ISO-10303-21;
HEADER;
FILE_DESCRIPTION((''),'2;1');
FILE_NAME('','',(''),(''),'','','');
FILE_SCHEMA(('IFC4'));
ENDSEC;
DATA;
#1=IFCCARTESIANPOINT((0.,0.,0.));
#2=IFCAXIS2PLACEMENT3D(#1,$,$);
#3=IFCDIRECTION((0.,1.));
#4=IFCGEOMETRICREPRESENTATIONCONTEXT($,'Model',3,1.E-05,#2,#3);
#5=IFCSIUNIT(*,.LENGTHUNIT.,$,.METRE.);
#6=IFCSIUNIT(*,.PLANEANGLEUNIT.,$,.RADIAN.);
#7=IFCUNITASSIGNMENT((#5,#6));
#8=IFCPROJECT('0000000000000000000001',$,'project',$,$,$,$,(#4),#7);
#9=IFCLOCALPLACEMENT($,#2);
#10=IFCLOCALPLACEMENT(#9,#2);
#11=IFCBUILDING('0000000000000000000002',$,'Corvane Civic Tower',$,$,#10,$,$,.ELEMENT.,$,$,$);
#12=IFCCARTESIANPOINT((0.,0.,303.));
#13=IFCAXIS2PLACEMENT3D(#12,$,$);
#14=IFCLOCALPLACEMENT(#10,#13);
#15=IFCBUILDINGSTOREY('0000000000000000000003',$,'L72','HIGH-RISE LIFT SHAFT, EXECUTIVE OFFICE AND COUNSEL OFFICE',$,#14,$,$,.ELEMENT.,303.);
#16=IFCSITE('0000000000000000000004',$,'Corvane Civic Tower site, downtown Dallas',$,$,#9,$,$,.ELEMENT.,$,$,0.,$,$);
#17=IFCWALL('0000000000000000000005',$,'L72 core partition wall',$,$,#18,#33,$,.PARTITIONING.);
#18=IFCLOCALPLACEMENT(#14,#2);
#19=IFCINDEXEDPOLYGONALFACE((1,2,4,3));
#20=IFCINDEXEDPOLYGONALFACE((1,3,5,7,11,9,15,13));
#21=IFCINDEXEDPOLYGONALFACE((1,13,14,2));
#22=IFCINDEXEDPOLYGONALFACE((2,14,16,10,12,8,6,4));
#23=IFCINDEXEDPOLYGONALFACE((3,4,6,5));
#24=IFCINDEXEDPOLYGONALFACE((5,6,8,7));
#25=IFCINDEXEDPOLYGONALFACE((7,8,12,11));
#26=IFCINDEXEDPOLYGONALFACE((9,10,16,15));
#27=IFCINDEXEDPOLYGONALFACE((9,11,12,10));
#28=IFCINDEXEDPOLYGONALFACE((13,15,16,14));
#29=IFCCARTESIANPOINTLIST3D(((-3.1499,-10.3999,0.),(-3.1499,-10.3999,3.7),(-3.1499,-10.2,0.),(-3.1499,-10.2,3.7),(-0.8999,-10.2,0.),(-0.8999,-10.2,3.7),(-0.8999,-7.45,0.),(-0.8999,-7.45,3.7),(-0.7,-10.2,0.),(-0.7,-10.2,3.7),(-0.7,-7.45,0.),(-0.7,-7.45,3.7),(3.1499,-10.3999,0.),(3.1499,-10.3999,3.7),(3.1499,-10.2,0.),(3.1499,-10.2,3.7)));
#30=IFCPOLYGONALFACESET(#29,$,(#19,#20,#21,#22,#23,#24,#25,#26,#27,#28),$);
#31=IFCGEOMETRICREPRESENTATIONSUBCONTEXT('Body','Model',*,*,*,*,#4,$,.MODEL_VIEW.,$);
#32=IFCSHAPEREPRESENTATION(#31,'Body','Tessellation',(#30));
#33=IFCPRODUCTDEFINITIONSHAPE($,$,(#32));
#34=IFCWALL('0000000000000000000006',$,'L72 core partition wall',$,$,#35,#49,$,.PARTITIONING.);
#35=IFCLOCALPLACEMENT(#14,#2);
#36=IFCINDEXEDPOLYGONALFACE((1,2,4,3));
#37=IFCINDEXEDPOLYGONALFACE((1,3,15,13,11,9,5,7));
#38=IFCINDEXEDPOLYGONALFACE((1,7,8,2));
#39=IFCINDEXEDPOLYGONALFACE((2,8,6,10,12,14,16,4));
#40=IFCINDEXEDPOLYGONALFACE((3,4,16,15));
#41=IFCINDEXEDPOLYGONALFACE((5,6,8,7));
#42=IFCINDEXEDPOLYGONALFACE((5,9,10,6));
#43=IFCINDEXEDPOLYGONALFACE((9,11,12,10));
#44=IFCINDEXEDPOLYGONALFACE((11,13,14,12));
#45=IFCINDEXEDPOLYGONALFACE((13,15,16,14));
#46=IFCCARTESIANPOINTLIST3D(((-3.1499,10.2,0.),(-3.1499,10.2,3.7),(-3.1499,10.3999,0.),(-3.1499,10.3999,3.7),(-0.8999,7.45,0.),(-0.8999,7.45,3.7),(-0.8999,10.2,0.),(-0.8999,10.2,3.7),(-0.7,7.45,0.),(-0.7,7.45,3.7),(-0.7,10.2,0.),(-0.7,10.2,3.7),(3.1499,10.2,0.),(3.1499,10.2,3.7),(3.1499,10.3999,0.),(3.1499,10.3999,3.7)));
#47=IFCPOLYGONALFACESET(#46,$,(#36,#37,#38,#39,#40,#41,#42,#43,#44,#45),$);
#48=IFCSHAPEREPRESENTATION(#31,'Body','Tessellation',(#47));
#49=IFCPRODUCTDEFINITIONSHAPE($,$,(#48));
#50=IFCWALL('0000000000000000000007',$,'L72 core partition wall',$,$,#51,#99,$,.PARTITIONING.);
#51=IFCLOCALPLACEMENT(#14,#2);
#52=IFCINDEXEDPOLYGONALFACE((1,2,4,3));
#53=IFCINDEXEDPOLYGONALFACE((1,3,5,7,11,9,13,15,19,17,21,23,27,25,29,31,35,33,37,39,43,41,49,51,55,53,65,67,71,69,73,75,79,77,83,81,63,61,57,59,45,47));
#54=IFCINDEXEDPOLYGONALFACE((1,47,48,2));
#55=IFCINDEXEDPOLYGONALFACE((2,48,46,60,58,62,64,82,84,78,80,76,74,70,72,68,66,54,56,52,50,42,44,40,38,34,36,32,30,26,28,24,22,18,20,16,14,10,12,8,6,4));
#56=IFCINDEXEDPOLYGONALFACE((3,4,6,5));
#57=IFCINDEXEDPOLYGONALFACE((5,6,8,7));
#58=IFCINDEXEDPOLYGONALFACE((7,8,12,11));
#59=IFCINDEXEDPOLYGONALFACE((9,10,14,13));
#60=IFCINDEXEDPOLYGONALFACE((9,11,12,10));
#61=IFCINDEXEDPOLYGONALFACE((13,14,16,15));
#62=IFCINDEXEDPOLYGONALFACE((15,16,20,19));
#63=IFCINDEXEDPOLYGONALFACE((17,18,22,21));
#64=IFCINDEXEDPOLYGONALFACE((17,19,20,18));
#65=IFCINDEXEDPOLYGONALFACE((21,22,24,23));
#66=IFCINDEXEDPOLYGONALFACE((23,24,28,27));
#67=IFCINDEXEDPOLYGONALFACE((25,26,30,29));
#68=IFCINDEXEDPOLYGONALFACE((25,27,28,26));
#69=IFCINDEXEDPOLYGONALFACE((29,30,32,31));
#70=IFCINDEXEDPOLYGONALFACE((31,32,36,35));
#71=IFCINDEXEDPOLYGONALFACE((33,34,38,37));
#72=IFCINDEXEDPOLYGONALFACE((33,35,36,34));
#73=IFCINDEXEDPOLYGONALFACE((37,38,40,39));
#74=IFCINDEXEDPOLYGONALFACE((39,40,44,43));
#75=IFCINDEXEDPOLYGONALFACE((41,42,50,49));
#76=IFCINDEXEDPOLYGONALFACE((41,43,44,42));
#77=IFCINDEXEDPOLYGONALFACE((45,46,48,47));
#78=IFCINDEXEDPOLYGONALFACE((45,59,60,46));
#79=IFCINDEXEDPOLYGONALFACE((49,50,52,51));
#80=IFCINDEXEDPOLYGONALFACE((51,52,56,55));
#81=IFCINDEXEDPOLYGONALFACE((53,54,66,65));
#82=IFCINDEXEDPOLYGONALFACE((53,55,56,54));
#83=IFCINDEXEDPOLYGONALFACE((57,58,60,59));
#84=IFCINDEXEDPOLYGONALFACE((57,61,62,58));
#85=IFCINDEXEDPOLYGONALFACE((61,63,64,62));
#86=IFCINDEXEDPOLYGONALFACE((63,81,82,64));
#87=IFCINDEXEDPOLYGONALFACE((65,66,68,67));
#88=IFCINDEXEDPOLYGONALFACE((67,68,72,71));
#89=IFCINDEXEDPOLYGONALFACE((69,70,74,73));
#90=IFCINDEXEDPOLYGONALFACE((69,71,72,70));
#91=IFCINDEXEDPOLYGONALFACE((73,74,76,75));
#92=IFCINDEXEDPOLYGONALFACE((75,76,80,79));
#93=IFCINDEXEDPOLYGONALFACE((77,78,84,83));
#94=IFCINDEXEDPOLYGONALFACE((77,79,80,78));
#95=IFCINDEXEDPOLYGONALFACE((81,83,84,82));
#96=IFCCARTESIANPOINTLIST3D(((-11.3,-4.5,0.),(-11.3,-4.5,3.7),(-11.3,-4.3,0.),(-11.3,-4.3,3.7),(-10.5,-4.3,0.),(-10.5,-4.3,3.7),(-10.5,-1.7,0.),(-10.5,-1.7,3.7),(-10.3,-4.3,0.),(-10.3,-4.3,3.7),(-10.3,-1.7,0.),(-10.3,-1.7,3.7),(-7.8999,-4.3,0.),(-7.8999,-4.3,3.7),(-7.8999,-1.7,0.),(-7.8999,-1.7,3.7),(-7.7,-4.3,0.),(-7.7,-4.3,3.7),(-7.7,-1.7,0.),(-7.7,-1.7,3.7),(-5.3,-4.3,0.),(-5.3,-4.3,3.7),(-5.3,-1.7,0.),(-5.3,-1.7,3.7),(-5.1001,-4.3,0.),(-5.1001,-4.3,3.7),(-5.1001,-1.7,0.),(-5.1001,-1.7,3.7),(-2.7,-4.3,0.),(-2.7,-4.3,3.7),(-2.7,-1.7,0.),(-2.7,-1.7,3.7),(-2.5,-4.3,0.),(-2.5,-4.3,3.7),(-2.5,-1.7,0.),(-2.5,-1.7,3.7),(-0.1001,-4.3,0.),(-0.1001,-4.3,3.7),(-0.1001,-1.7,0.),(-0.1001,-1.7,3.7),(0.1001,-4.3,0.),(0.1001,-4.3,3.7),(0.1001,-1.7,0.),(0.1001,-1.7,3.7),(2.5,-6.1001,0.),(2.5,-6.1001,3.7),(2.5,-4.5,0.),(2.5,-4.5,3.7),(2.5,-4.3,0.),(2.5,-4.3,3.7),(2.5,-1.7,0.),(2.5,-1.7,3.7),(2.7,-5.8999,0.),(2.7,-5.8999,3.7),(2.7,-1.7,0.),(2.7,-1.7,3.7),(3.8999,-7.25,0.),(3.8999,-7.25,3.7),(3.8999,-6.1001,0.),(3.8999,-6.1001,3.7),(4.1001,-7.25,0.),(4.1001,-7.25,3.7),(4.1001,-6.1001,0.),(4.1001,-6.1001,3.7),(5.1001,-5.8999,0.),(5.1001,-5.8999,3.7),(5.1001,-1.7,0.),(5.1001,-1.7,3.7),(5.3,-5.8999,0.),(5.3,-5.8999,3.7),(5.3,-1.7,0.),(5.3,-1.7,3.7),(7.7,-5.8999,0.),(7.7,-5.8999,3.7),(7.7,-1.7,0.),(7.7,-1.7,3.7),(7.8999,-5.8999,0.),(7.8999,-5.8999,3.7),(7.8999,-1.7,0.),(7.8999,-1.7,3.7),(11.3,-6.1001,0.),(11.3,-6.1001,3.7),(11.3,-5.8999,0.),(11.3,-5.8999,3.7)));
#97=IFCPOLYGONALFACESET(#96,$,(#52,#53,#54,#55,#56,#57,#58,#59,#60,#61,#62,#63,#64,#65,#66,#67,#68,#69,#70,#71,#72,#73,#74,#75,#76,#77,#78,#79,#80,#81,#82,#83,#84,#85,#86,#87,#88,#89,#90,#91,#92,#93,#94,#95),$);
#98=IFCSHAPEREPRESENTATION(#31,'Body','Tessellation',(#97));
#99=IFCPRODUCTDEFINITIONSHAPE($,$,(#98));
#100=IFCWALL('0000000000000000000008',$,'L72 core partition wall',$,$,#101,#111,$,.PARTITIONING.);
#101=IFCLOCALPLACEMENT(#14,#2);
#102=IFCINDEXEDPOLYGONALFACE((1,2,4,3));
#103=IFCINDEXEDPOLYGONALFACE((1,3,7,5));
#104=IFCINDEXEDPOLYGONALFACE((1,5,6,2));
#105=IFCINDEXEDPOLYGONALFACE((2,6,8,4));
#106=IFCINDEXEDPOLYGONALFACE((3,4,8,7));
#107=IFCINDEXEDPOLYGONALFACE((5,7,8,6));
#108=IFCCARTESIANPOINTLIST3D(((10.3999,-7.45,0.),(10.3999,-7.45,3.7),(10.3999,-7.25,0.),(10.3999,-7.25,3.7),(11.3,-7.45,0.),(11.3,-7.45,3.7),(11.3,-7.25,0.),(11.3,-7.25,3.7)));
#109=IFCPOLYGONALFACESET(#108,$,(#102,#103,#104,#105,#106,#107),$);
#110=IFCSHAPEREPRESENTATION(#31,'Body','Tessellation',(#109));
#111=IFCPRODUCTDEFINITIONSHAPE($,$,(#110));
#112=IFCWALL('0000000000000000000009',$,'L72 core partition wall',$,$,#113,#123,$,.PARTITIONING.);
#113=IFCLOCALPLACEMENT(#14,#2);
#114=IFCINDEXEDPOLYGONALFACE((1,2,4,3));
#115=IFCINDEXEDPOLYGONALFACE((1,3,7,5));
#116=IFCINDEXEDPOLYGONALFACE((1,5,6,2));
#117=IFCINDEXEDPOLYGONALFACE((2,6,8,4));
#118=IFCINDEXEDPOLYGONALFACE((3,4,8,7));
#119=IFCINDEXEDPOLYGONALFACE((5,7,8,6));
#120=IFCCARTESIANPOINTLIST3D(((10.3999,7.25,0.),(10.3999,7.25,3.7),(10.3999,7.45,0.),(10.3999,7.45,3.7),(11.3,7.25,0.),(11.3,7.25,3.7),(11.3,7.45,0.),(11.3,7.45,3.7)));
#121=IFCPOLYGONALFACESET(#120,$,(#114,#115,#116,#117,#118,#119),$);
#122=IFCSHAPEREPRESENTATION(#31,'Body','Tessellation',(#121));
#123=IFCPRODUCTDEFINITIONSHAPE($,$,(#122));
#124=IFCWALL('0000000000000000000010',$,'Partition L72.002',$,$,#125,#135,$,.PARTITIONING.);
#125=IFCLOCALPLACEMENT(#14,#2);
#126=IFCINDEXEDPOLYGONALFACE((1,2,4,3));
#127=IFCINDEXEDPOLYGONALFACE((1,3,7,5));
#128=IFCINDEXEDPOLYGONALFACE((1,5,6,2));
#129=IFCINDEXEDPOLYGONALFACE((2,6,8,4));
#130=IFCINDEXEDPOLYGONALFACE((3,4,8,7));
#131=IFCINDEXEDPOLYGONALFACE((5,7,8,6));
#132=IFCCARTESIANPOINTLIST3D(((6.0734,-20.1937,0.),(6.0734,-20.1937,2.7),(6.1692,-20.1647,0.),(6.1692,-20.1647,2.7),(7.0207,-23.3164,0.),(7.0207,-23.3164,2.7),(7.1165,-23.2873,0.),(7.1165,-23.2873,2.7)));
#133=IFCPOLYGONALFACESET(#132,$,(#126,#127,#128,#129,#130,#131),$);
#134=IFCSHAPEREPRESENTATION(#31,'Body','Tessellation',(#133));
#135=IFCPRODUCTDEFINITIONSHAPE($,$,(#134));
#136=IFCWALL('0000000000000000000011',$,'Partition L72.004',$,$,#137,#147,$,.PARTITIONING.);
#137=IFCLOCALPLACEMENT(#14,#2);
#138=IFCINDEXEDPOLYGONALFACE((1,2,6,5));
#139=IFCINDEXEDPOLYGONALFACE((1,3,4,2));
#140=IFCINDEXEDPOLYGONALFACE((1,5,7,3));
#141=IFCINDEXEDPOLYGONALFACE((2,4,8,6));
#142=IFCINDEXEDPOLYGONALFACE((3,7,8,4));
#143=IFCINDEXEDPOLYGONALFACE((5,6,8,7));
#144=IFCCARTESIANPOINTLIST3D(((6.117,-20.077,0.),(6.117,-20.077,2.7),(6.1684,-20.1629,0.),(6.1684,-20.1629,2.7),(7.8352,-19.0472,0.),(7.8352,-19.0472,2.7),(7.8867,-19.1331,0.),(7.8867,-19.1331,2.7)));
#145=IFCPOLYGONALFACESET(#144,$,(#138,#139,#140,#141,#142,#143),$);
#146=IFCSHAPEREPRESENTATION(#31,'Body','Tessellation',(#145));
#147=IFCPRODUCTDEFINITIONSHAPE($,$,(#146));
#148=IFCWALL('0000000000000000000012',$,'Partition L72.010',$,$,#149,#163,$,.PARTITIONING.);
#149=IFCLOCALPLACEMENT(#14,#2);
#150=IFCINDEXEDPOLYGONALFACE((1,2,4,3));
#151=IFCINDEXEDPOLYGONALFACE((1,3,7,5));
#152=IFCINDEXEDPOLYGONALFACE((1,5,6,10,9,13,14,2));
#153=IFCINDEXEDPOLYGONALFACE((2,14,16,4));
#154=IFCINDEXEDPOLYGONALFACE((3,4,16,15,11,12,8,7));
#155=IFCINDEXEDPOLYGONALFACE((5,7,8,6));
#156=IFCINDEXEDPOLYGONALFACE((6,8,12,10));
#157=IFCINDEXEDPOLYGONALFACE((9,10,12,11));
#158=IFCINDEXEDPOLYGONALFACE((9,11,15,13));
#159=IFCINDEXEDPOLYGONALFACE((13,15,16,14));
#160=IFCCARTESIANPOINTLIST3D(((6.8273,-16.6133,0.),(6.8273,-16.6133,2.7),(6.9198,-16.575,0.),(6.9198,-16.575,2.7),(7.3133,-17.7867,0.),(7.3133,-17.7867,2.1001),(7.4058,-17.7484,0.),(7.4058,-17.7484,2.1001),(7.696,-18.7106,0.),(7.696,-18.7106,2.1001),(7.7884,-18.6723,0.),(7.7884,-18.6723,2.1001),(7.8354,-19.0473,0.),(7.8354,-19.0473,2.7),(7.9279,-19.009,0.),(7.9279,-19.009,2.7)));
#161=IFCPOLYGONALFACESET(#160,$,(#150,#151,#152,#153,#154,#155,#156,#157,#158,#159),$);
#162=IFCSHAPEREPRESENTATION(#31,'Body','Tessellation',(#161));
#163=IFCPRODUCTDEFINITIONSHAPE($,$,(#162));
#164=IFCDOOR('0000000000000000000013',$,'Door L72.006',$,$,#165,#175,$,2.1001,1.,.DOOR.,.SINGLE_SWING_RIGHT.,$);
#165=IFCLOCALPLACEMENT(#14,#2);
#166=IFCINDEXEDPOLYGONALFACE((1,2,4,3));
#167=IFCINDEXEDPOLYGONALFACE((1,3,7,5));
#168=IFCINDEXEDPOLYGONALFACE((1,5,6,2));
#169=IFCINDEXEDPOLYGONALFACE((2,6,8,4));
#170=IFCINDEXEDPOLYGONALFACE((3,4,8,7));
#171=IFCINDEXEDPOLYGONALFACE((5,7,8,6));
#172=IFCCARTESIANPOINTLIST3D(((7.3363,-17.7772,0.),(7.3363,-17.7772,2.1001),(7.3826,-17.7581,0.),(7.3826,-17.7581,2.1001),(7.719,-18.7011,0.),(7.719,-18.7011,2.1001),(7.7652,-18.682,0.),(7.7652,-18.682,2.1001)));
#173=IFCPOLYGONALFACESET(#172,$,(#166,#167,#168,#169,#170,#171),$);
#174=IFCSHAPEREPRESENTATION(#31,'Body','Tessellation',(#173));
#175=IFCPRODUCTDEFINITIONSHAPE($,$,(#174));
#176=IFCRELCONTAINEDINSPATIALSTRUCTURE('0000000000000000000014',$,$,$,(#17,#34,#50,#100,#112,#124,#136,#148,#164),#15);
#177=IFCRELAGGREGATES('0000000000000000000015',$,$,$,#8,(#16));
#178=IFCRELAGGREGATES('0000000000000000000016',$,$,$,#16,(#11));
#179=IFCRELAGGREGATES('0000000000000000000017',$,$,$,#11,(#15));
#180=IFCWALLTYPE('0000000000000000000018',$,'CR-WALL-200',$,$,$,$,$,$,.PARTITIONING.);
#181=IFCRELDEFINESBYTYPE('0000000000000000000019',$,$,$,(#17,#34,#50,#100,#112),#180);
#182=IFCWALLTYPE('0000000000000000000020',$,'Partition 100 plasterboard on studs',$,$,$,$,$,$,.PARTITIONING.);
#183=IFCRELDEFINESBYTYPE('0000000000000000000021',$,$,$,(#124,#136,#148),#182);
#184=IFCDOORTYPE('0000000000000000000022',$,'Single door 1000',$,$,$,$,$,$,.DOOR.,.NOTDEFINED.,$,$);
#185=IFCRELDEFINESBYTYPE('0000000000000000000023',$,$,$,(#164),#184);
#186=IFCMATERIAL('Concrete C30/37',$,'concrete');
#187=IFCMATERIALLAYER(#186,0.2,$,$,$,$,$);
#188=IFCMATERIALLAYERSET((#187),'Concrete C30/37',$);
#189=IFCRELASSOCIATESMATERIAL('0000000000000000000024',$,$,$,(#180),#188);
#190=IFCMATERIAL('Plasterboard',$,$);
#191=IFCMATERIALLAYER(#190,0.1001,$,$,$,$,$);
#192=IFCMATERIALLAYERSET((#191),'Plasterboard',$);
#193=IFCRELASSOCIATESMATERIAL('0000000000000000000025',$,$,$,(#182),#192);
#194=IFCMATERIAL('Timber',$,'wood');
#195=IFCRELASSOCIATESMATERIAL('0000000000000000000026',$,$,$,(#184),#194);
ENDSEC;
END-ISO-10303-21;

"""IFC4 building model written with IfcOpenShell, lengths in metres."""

from ifc_helpers import new_model, si_unit, direction, frame, frame_2d, origin, place, context, subcontext, project, spatial, polyline, rectangle, outline, extrude, material, layer, layer_set, type_object, element, fill, save


model = new_model("IFC4")

# Units and contexts
model_context = context("Model", 3, precision=1e-05, world=origin(), true_north=direction((0.0, 1.0)))
body_context = subcontext(model_context, "Body", "Model", "MODEL_VIEW")
ifc_project = project(units=[si_unit("LENGTHUNIT", "METRE"), si_unit("PLANEANGLEUNIT", "RADIAN")], contexts=[model_context])

# Site, building, storey
site_placement = place(None, origin())
site = spatial("IfcSite", under=ifc_project, at=site_placement, Name="Corvane Civic Tower site, downtown Dallas", CompositionType="ELEMENT", RefElevation=0.0)
building_placement = place(site_placement, origin())
building = spatial("IfcBuilding", under=site, at=building_placement, Name="Corvane Civic Tower", CompositionType="ELEMENT")
storey_placement = place(building_placement, frame((0.0, 0.0, 303.0)))
storey = spatial("IfcBuildingStorey", under=building, at=storey_placement, Name="L72", Description="HIGH-RISE LIFT SHAFT, EXECUTIVE OFFICE AND COUNSEL OFFICE", CompositionType="ELEMENT", Elevation=303.0)

# Shared definitions
ifc_material_1 = material(Name="Concrete C30/37", Category="concrete")
ifc_layer_1 = layer(ifc_material_1, 0.2)
ifc_layer_set_1 = layer_set([ifc_layer_1], Name="Concrete C30/37")
wall_type_1 = type_object("IfcWallType", Name="CR-WALL-200", PredefinedType="PARTITIONING", material=ifc_layer_set_1)

# Walls
wall_1_placement = place(storey_placement, origin())
element("IfcWall", 1, at=wall_1_placement, inside=storey, type_object=wall_type_1, Name="L72 core partition wall", PredefinedType="PARTITIONING", context=body_context, shape_type="SweptSolid", body=[
    extrude(outline(polyline([(-0.7, -7.45), (-0.7, -10.2), (3.1499, -10.2), (3.1499, -10.3999), (-3.1499, -10.3999), (-3.1499, -10.2), (-0.8999, -10.2), (-0.8999, -7.45), (-0.7, -7.45)])), origin(), (0.0, 0.0, 1.0), 3.7),
])
wall_2_placement = place(storey_placement, origin())
element("IfcWall", 2, at=wall_2_placement, inside=storey, type_object=wall_type_1, Name="L72 core partition wall", PredefinedType="PARTITIONING", context=body_context, shape_type="SweptSolid", body=[
    extrude(outline(polyline([(3.1499, 10.3999), (3.1499, 10.2), (-0.7, 10.2), (-0.7, 7.45), (-0.8999, 7.45), (-0.8999, 10.2), (-3.1499, 10.2), (-3.1499, 10.3999), (3.1499, 10.3999)])), origin(), (0.0, 0.0, 1.0), 3.7),
])
wall_3_placement = place(storey_placement, origin())
element("IfcWall", 3, at=wall_3_placement, inside=storey, type_object=wall_type_1, Name="L72 core partition wall", PredefinedType="PARTITIONING", context=body_context, shape_type="SweptSolid", body=[
    extrude(outline(polyline([(-10.5, -1.7), (-10.3, -1.7), (-10.3, -4.3), (-7.8999, -4.3), (-7.8999, -1.7), (-7.7, -1.7), (-7.7, -4.3), (-5.3, -4.3), (-5.3, -1.7), (-5.1001, -1.7), (-5.1001, -4.3), (-2.7, -4.3), (-2.7, -1.7), (-2.5, -1.7), (-2.5, -4.3), (-0.1001, -4.3), (-0.1001, -1.7), (0.1001, -1.7), (0.1001, -4.3), (2.5, -4.3), (2.5, -1.7), (2.7, -1.7), (2.7, -5.8999), (5.1001, -5.8999), (5.1001, -1.7), (5.3, -1.7), (5.3, -5.8999), (7.7, -5.8999), (7.7, -1.7), (7.8999, -1.7), (7.8999, -5.8999), (11.3, -5.8999), (11.3, -6.1001), (4.1001, -6.1001), (4.1001, -7.25), (3.8999, -7.25), (3.8999, -6.1001), (2.5, -6.1001), (2.5, -4.5), (-11.3, -4.5), (-11.3, -4.3), (-10.5, -4.3), (-10.5, -1.7)])), origin(), (0.0, 0.0, 1.0), 3.7),
])
wall_4_placement = place(storey_placement, origin())
element("IfcWall", 4, at=wall_4_placement, inside=storey, type_object=wall_type_1, Name="L72 core partition wall", PredefinedType="PARTITIONING", context=body_context, shape_type="SweptSolid", body=[
    extrude(outline(polyline([(11.3, -7.45), (10.3999, -7.45), (10.3999, -7.25), (11.3, -7.25), (11.3, -7.45)])), origin(), (0.0, 0.0, 1.0), 3.7),
])
wall_5_placement = place(storey_placement, origin())
element("IfcWall", 5, at=wall_5_placement, inside=storey, type_object=wall_type_1, Name="L72 core partition wall", PredefinedType="PARTITIONING", context=body_context, shape_type="SweptSolid", body=[
    extrude(outline(polyline([(10.3999, 7.25), (10.3999, 7.45), (11.3, 7.45), (11.3, 7.25), (10.3999, 7.25)])), origin(), (0.0, 0.0, 1.0), 3.7),
])
ifc_material_2 = material(Name="Plasterboard")
ifc_layer_2 = layer(ifc_material_2, 0.1001)
ifc_layer_set_2 = layer_set([ifc_layer_2], Name="Plasterboard")
wall_type_2 = type_object("IfcWallType", Name="Partition 100 plasterboard on studs", PredefinedType="PARTITIONING", material=ifc_layer_set_2)
wall_6_placement = place(storey_placement, frame((6.1213, -20.1792, 0.0), z_axis=(0.0, 0.0, 1.0), x_axis=(0.290298, -0.956936, 0.0)))
element("IfcWall", 6, at=wall_6_placement, inside=storey, type_object=wall_type_2, Name="Partition L72.002", PredefinedType="PARTITIONING", context=body_context, shape_type="SweptSolid", body=[
    extrude(rectangle(XDim=3.2632, YDim=0.1001, at=frame_2d((1.6316, 0.0))), origin(), (0.0, 0.0, 1.0), 2.7),
])
wall_7_placement = place(storey_placement, frame((6.1428, -20.1199, 0.0), z_axis=(0.0, 0.0, 1.0), x_axis=(0.857751, 0.514066, 0.0)))
element("IfcWall", 7, at=wall_7_placement, inside=storey, type_object=wall_type_2, Name="Partition L72.004", PredefinedType="PARTITIONING", context=body_context, shape_type="SweptSolid", body=[
    extrude(rectangle(XDim=2.0032, YDim=0.1001, at=frame_2d((1.0015, 0.0))), origin(), (0.0, 0.0, 1.0), 2.7),
])

# Wall, opening, door
wall_8_placement = place(storey_placement, frame((6.8735, -16.594, 0.0), z_axis=(0.0, 0.0, 1.0), x_axis=(0.382627, -0.923903, 0.0)))
wall_8 = element("IfcWall", 8, at=wall_8_placement, inside=storey, type_object=wall_type_2, Name="Partition L72.010", PredefinedType="PARTITIONING", context=body_context, shape_type="SweptSolid", body=[
    extrude(rectangle(XDim=2.6345, YDim=0.1001, at=frame_2d((1.3174, 0.0))), origin(), (0.0, 0.0, 1.0), 2.7),
])
opening_1_placement = place(wall_8_placement, frame((1.2703, 0.0, 0.0)))
opening_1 = element("IfcOpeningElement", 9, at=opening_1_placement, cuts=wall_8, PredefinedType="OPENING", context=body_context, shape_type="SweptSolid", body=[
    extrude(rectangle(XDim=1.0, YDim=2.1001, at=frame_2d((0.5, 1.05))), frame((0.0, 0.0601, 0.0), z_axis=(0.0, -1.0, 0.0), x_axis=(1.0, 0.0, 0.0)), (0.0, 0.0, 1.0), 0.1201),
])
ifc_material_3 = material(Name="Timber", Category="wood")
door_type_1 = type_object("IfcDoorType", Name="Single door 1000", OperationType="NOTDEFINED", PredefinedType="DOOR", material=ifc_material_3)
door_1_placement = place(opening_1_placement, origin())
door_1 = element("IfcDoor", 10, at=door_1_placement, inside=storey, type_object=door_type_1, Name="Door L72.006", OperationType="SINGLE_SWING_RIGHT", OverallHeight=2.1001, OverallWidth=1.0, PredefinedType="DOOR", context=body_context, shape_type="SweptSolid", body=[
    extrude(rectangle(XDim=1.0, YDim=2.1001, at=frame_2d((0.5, 1.05))), frame((0.0, 0.0249, 0.0), z_axis=(0.0, -1.0, 0.0), x_axis=(1.0, 0.0, 0.0)), (0.0, 0.0, 1.0), 0.05),
])
fill(opening_1, door_1)

save(model, "model.ifc")
